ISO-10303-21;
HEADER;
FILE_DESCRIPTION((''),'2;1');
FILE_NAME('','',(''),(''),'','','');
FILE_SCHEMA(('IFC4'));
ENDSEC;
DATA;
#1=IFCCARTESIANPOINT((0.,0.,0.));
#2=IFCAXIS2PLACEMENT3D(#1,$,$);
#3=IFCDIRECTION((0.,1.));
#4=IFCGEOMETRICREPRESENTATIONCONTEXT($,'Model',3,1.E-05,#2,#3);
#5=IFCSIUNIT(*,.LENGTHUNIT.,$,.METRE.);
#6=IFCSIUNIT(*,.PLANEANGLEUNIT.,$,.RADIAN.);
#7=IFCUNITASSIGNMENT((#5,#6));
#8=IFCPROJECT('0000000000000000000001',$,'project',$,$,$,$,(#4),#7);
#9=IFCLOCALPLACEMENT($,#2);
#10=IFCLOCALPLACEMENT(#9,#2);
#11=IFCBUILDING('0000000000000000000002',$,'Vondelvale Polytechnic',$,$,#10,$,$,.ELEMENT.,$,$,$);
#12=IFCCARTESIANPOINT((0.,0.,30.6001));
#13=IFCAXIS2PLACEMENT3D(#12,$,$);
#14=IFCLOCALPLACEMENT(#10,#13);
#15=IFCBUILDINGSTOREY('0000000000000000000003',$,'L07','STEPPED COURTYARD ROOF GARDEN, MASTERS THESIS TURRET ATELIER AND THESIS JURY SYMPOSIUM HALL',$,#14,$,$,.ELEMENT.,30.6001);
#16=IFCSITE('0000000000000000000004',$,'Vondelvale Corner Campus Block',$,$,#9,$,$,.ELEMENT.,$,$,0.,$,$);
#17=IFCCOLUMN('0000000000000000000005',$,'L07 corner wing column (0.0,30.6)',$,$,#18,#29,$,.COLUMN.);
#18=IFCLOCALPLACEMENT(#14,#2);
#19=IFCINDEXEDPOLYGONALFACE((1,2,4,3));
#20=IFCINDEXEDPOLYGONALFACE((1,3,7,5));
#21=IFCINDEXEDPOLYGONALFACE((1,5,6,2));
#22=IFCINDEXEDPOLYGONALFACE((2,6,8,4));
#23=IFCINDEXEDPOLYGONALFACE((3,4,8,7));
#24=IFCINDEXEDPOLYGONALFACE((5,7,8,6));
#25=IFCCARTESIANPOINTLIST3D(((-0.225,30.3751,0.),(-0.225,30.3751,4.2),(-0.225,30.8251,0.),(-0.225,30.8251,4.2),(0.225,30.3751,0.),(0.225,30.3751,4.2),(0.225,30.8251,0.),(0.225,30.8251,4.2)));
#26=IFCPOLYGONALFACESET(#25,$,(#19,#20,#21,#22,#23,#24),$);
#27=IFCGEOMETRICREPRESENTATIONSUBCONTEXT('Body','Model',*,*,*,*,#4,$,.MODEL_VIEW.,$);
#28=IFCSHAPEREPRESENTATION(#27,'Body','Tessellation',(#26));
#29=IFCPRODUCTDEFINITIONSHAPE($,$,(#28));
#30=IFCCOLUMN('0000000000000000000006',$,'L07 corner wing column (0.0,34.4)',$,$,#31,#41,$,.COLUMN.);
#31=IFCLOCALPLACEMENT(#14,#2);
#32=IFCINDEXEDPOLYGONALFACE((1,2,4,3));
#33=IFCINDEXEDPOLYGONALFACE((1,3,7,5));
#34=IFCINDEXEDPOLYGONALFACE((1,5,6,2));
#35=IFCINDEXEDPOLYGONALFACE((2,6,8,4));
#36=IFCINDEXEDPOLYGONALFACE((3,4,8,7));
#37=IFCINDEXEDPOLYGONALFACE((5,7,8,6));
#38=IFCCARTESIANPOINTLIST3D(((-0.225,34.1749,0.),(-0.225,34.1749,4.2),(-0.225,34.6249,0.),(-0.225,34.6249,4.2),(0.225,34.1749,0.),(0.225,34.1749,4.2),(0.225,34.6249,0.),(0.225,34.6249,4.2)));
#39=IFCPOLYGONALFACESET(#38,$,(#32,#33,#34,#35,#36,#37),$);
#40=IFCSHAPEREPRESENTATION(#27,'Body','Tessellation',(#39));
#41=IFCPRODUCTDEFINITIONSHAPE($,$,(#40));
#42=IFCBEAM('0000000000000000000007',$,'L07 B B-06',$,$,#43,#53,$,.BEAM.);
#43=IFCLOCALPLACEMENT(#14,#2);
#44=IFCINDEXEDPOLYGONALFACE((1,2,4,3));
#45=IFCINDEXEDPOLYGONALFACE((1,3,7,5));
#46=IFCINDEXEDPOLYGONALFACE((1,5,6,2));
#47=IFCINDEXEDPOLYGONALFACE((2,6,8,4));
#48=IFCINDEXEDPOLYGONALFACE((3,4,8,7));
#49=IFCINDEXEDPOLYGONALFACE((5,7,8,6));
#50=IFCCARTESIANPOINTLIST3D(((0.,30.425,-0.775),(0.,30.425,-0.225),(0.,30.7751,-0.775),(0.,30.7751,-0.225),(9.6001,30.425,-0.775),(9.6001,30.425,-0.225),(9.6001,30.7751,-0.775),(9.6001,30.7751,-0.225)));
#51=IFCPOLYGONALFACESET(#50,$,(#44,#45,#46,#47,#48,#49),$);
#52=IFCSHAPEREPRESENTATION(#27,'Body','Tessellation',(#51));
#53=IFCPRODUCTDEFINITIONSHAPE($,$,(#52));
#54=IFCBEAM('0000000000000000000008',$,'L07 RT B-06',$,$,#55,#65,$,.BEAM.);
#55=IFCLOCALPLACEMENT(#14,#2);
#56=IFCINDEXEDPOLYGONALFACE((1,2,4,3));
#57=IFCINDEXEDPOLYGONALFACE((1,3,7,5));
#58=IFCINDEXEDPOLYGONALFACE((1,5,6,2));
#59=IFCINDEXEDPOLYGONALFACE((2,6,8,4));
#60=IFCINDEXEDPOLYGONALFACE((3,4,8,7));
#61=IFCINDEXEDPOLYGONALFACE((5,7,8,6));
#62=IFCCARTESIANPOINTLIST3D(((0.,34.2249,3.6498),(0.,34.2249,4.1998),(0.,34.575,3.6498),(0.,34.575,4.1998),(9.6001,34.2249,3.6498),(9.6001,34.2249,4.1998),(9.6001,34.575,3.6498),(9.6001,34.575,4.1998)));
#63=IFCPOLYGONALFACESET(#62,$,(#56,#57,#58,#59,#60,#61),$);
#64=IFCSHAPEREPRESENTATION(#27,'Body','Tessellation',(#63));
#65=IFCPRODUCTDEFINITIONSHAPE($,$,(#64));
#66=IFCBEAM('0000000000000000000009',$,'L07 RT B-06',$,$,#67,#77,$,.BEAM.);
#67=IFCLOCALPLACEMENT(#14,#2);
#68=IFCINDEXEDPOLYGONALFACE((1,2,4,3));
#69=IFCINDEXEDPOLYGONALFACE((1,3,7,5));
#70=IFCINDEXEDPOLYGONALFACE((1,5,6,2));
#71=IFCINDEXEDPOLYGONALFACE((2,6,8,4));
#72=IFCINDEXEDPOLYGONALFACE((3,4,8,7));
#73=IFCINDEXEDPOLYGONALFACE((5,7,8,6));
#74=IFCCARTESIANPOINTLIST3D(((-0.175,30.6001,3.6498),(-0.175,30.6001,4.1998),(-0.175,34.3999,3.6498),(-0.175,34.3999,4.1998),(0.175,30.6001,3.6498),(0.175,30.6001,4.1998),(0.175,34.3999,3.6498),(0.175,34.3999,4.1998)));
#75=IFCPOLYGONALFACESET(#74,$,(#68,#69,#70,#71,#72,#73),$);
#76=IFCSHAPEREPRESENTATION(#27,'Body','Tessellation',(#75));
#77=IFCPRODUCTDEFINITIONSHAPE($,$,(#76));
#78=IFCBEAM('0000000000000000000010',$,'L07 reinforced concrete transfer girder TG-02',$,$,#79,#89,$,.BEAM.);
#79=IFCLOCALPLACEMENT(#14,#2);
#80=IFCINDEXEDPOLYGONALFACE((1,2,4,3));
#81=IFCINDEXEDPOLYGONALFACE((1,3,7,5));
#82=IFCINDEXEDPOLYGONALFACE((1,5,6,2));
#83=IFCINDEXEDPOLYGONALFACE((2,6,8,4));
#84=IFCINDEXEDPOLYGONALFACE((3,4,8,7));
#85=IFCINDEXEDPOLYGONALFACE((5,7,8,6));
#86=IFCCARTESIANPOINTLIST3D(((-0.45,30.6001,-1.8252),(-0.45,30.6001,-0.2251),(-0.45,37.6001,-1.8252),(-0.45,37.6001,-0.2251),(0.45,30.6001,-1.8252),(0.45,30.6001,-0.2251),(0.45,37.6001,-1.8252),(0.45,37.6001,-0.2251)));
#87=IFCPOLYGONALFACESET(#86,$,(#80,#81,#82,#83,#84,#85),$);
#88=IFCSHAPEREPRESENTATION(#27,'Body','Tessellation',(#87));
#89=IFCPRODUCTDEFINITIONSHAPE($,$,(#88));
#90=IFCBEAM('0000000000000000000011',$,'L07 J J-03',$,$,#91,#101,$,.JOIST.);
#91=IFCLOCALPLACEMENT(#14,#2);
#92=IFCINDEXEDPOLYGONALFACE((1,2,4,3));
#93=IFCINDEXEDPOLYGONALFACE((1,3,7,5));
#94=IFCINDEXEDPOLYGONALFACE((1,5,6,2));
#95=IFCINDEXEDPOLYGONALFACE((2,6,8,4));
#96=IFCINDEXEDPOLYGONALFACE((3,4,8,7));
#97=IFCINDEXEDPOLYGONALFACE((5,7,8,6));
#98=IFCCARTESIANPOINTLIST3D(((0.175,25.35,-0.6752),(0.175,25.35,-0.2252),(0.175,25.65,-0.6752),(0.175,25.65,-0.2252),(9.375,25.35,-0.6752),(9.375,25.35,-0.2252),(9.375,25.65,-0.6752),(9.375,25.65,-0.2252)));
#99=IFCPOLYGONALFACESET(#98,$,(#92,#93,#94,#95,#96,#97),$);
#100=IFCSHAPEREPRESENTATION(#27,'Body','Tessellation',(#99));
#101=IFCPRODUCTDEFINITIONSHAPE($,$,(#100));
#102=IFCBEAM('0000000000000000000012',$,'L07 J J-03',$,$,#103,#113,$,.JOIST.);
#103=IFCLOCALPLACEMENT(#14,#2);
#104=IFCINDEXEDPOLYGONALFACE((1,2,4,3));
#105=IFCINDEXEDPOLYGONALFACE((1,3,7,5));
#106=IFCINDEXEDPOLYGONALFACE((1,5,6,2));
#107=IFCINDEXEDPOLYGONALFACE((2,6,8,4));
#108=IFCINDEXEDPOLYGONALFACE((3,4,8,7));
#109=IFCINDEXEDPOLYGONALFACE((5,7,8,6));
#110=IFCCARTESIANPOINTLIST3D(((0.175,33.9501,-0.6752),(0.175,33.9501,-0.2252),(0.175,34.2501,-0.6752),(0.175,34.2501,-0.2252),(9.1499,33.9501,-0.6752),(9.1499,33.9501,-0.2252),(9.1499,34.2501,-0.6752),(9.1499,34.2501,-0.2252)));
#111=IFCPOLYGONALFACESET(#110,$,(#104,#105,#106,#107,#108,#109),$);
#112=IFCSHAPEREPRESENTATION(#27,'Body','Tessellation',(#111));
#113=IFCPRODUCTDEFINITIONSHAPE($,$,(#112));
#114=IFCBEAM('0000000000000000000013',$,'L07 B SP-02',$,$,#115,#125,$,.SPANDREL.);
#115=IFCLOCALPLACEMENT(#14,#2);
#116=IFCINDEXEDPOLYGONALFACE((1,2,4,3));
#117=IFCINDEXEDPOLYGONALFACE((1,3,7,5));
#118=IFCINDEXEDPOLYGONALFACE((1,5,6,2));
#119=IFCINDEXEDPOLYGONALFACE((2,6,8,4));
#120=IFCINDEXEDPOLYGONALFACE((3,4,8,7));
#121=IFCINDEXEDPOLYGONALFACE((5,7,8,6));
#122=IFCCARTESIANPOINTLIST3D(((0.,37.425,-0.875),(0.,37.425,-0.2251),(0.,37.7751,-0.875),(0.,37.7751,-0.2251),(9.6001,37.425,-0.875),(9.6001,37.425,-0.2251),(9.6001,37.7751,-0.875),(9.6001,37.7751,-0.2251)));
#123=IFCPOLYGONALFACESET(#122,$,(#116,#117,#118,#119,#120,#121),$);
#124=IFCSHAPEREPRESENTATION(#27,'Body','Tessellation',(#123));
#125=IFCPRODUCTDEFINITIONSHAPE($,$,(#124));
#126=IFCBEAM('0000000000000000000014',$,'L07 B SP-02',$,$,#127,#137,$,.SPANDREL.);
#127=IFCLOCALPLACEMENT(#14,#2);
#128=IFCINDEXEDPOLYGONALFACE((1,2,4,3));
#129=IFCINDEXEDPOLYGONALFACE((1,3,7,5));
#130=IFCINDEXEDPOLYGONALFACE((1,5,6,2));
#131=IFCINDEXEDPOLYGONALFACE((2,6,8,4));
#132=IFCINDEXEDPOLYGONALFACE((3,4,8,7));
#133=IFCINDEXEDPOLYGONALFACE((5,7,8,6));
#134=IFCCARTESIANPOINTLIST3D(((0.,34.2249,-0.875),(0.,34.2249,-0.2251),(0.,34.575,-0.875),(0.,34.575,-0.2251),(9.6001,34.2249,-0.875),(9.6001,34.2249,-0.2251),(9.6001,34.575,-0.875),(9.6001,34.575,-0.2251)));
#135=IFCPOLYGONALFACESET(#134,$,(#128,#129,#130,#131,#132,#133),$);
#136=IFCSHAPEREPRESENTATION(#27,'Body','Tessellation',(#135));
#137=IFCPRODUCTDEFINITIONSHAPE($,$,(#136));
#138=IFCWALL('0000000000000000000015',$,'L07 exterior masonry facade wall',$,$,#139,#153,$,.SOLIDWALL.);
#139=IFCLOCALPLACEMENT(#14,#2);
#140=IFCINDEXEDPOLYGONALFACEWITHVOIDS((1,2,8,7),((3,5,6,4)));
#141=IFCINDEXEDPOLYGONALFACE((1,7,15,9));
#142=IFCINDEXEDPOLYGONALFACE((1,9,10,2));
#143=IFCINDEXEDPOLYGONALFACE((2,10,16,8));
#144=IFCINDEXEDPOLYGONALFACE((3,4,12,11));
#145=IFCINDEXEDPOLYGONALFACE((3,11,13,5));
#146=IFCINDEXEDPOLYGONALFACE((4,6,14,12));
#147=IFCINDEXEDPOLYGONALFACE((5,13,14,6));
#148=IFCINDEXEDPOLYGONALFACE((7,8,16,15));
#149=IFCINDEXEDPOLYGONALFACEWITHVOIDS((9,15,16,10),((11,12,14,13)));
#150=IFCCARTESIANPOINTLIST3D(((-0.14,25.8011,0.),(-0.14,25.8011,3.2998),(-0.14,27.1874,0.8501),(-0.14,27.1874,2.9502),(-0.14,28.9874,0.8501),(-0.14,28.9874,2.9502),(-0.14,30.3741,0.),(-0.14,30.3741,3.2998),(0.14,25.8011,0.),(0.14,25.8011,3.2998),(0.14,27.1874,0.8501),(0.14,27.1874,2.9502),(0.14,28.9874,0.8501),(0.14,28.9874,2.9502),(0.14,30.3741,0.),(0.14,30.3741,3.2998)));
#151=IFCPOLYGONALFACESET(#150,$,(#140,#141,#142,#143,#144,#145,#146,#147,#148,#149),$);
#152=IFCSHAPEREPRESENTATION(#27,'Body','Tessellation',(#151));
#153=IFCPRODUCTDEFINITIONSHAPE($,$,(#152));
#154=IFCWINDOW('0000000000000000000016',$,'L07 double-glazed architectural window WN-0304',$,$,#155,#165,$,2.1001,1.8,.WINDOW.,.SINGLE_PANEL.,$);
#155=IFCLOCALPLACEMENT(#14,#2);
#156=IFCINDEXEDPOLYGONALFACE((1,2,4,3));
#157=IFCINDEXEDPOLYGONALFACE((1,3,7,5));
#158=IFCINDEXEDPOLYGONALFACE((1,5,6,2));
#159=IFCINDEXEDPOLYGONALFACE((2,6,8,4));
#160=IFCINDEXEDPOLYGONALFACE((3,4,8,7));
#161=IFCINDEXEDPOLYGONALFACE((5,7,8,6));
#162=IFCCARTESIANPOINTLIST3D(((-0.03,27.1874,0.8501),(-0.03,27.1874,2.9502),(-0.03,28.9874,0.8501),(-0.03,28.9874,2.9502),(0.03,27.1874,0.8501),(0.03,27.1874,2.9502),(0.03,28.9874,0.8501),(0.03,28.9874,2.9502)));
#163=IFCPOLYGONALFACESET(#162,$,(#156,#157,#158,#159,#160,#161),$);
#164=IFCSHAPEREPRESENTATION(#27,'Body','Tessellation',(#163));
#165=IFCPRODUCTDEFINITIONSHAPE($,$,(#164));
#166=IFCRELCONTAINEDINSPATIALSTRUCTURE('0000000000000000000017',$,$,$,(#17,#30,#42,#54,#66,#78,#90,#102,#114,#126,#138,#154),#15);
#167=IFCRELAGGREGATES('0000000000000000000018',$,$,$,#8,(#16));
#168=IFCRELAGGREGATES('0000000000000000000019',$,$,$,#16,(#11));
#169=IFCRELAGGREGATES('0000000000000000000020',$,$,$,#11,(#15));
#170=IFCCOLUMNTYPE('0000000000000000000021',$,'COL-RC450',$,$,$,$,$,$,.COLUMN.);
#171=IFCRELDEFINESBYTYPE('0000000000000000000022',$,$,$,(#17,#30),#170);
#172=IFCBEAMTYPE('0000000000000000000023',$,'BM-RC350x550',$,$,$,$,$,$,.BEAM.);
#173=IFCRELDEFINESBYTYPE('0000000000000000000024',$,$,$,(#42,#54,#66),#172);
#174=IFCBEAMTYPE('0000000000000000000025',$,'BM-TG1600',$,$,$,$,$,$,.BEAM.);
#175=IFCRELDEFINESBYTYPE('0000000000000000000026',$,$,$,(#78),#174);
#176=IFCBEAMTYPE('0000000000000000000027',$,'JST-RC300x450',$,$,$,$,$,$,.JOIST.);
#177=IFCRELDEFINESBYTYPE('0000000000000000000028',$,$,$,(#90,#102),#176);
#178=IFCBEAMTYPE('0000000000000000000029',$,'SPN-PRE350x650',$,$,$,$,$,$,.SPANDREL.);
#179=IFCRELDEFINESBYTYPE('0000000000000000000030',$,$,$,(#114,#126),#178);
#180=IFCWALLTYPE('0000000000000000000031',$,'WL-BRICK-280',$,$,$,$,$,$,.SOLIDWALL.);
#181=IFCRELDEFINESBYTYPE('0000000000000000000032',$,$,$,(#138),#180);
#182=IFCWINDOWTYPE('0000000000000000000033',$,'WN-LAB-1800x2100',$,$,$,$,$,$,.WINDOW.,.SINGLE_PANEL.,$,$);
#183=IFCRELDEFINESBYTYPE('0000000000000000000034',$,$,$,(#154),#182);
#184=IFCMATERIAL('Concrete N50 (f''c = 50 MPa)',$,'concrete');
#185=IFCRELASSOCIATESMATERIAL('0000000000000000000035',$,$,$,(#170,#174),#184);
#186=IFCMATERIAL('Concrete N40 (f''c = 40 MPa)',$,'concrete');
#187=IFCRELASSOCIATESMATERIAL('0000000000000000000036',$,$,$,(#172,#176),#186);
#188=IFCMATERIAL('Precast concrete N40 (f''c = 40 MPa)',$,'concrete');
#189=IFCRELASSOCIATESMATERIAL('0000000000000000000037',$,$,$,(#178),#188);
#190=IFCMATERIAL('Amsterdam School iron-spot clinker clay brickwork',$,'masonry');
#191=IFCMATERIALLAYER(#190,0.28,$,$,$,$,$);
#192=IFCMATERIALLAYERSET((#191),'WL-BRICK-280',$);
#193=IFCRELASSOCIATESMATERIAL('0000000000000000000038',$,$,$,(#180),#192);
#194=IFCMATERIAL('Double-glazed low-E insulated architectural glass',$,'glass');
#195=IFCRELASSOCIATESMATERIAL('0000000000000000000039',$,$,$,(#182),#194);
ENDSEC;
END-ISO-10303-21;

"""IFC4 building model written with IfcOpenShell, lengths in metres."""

from ifc_helpers import new_model, si_unit, direction, frame, frame_2d, origin, origin_2d, place, context, subcontext, project, spatial, rectangle, extrude, material, layer, layer_set, material_profile, profile_set, type_object, element, fill, save


model = new_model("IFC4")

# Units and contexts
model_context = context("Model", 3, precision=1e-05, world=origin(), true_north=direction((0.0, 1.0)))
body_context = subcontext(model_context, "Body", "Model", "MODEL_VIEW")
ifc_project = project(units=[si_unit("LENGTHUNIT", "METRE"), si_unit("PLANEANGLEUNIT", "RADIAN")], contexts=[model_context])

# Site, building, storey
site_placement = place(None, origin())
site = spatial("IfcSite", under=ifc_project, at=site_placement, Name="Vondelvale Corner Campus Block", CompositionType="ELEMENT", RefElevation=0.0)
building_placement = place(site_placement, origin())
building = spatial("IfcBuilding", under=site, at=building_placement, Name="Vondelvale Polytechnic", CompositionType="ELEMENT")
storey_placement = place(building_placement, frame((0.0, 0.0, 30.6001)))
storey = spatial("IfcBuildingStorey", under=building, at=storey_placement, Name="L07", Description="STEPPED COURTYARD ROOF GARDEN, MASTERS THESIS TURRET ATELIER AND THESIS JURY SYMPOSIUM HALL", CompositionType="ELEMENT", Elevation=30.6001)

# Columns
ifc_material_1 = material(Name="Concrete N50 (f'c = 50 MPa)", Category="concrete")
ifc_material_profile_1 = material_profile(ifc_material_1, rectangle(XDim=0.45, YDim=0.45, at=origin_2d()), Name="RC-COL-450x450")
ifc_profile_set_1 = profile_set([ifc_material_profile_1], Name="Concrete N50 (f'c = 50 MPa)")
column_type = type_object("IfcColumnType", Name="COL-RC450", PredefinedType="COLUMN", material=ifc_profile_set_1)
for number, where, z_axis, x_axis, name in (
    (1, (0.0, 30.6001, 0.0), (0.0, 0.0, 1.0), (1.0, 0.0, 0.0), "L07 corner wing column (0.0,30.6)"),
    (2, (0.0, 34.3999, 0.0), (0.0, 0.0, 1.0), (1.0, 0.0, 0.0), "L07 corner wing column (0.0,34.4)"),
):
    element("IfcColumn", number, at=place(storey_placement, frame(where, z_axis=z_axis, x_axis=x_axis)), inside=storey, type_object=column_type, Name=name, PredefinedType="COLUMN", context=body_context, shape_type="SweptSolid", body=[
        extrude(rectangle(XDim=0.45, YDim=0.45, at=origin_2d()), origin(), (0.0, 0.0, 1.0), 4.2),
    ])

# Beams
ifc_material_2 = material(Name="Concrete N40 (f'c = 40 MPa)", Category="concrete")
ifc_material_profile_2 = material_profile(ifc_material_2, rectangle(XDim=0.3501, YDim=0.55, at=origin_2d()), Name="RC-BM-350x550")
ifc_profile_set_2 = profile_set([ifc_material_profile_2], Name="Concrete N40 (f'c = 40 MPa)")
beam_type_1 = type_object("IfcBeamType", Name="BM-RC350x550", PredefinedType="BEAM", material=ifc_profile_set_2)
for number, where, z_axis, x_axis, name in (
    (3, (0.0, 30.6001, -0.5), (1.0, 0.0, 0.0), (0.0, 1.0, 0.0), "L07 B B-06"),
    (4, (0.0, 34.3999, 3.9248), (1.0, 0.0, 0.0), (0.0, 1.0, 0.0), "L07 RT B-06"),
):
    element("IfcBeam", number, at=place(storey_placement, frame(where, z_axis=z_axis, x_axis=x_axis)), inside=storey, type_object=beam_type_1, Name=name, PredefinedType="BEAM", context=body_context, shape_type="SweptSolid", body=[
        extrude(rectangle(XDim=0.3501, YDim=0.55, at=origin_2d()), origin(), (0.0, 0.0, 1.0), 9.6001),
    ])
beam_1_placement = place(storey_placement, frame((0.0, 30.6001, 3.9248), z_axis=(0.0, 1.0, 0.0), x_axis=(-1.0, 0.0, 0.0)))
element("IfcBeam", 5, at=beam_1_placement, inside=storey, type_object=beam_type_1, Name="L07 RT B-06", PredefinedType="BEAM", context=body_context, shape_type="SweptSolid", body=[
    extrude(rectangle(XDim=0.3501, YDim=0.55, at=origin_2d()), origin(), (0.0, 0.0, 1.0), 3.7998),
])
ifc_material_profile_3 = material_profile(ifc_material_1, rectangle(XDim=0.8999, YDim=1.6001, at=origin_2d()), Name="RC-TG-900x1600")
ifc_profile_set_3 = profile_set([ifc_material_profile_3], Name="Concrete N50 (f'c = 50 MPa)")
beam_type_2 = type_object("IfcBeamType", Name="BM-TG1600", PredefinedType="BEAM", material=ifc_profile_set_3)
beam_2_placement = place(storey_placement, frame((0.0, 30.6001, -1.0251), z_axis=(0.0, 1.0, 0.0), x_axis=(-1.0, 0.0, 0.0)))
element("IfcBeam", 6, at=beam_2_placement, inside=storey, type_object=beam_type_2, Name="L07 reinforced concrete transfer girder TG-02", PredefinedType="BEAM", context=body_context, shape_type="SweptSolid", body=[
    extrude(rectangle(XDim=0.8999, YDim=1.6001, at=origin_2d()), origin(), (0.0, 0.0, 1.0), 7.0),
])
ifc_material_profile_4 = material_profile(ifc_material_2, rectangle(XDim=0.3, YDim=0.45, at=origin_2d()), Name="RC-JST-300x450")
ifc_profile_set_4 = profile_set([ifc_material_profile_4], Name="Concrete N40 (f'c = 40 MPa)")
beam_type_3 = type_object("IfcBeamType", Name="JST-RC300x450", PredefinedType="JOIST", material=ifc_profile_set_4)
beam_3_placement = place(storey_placement, frame((0.175, 25.5, -0.4502), z_axis=(1.0, 0.0, 0.0), x_axis=(0.0, 1.0, 0.0)))
element("IfcBeam", 7, at=beam_3_placement, inside=storey, type_object=beam_type_3, Name="L07 J J-03", PredefinedType="JOIST", context=body_context, shape_type="SweptSolid", body=[
    extrude(rectangle(XDim=0.3, YDim=0.45, at=origin_2d()), origin(), (0.0, 0.0, 1.0), 9.2),
])
beam_4_placement = place(storey_placement, frame((0.175, 34.1001, -0.4502), z_axis=(1.0, 0.0, 0.0), x_axis=(0.0, 1.0, 0.0)))
element("IfcBeam", 8, at=beam_4_placement, inside=storey, type_object=beam_type_3, Name="L07 J J-03", PredefinedType="JOIST", context=body_context, shape_type="SweptSolid", body=[
    extrude(rectangle(XDim=0.3, YDim=0.45, at=origin_2d()), origin(), (0.0, 0.0, 1.0), 8.9749),
])
ifc_material_3 = material(Name="Precast concrete N40 (f'c = 40 MPa)", Category="concrete")
ifc_material_profile_5 = material_profile(ifc_material_3, rectangle(XDim=0.3501, YDim=0.6499, at=origin_2d()), Name="RC-SPN-350x650")
ifc_profile_set_5 = profile_set([ifc_material_profile_5], Name="Precast concrete N40 (f'c = 40 MPa)")
beam_type_4 = type_object("IfcBeamType", Name="SPN-PRE350x650", PredefinedType="SPANDREL", material=ifc_profile_set_5)
for number, where, z_axis, x_axis, name in (
    (9, (0.0, 37.6001, -0.55), (1.0, 0.0, 0.0), (0.0, 1.0, 0.0), "L07 B SP-02"),
    (10, (0.0, 34.3999, -0.55), (1.0, 0.0, 0.0), (0.0, 1.0, 0.0), "L07 B SP-02"),
):
    element("IfcBeam", number, at=place(storey_placement, frame(where, z_axis=z_axis, x_axis=x_axis)), inside=storey, type_object=beam_type_4, Name=name, PredefinedType="SPANDREL", context=body_context, shape_type="SweptSolid", body=[
        extrude(rectangle(XDim=0.3501, YDim=0.6499, at=origin_2d()), origin(), (0.0, 0.0, 1.0), 9.6001),
    ])

# Wall, opening, window
ifc_material_4 = material(Name="Amsterdam School iron-spot clinker clay brickwork", Category="masonry")
ifc_layer_1 = layer(ifc_material_4, 0.28)
ifc_layer_set_1 = layer_set([ifc_layer_1], Name="WL-BRICK-280")
wall_type_1 = type_object("IfcWallType", Name="WL-BRICK-280", PredefinedType="SOLIDWALL", material=ifc_layer_set_1)
wall_1_placement = place(storey_placement, frame((0.0, 25.801, 0.0), z_axis=(0.0, 0.0, 1.0), x_axis=(0.0, 1.0, 0.0)))
wall_1 = element("IfcWall", 11, at=wall_1_placement, inside=storey, type_object=wall_type_1, Name="L07 exterior masonry facade wall", PredefinedType="SOLIDWALL", context=body_context, shape_type="SweptSolid", body=[
    extrude(rectangle(XDim=4.573, YDim=0.28, at=frame_2d((2.2866, 0.0))), origin(), (0.0, 0.0, 1.0), 3.2998),
])
opening_1_placement = place(wall_1_placement, frame((1.3865, 0.0, 0.8501)))
opening_1 = element("IfcOpeningElement", 12, at=opening_1_placement, cuts=wall_1, PredefinedType="OPENING", context=body_context, shape_type="SweptSolid", body=[
    extrude(rectangle(XDim=1.8, YDim=2.1001, at=frame_2d((0.8999, 1.05))), frame((0.0, 0.1499, 0.0), z_axis=(0.0, -1.0, 0.0), x_axis=(1.0, 0.0, 0.0)), (0.0, 0.0, 1.0), 0.3),
])
ifc_material_5 = material(Name="Double-glazed low-E insulated architectural glass", Category="glass")
window_type_1 = type_object("IfcWindowType", Name="WN-LAB-1800x2100", PartitioningType="SINGLE_PANEL", PredefinedType="WINDOW", material=ifc_material_5)
window_1_placement = place(opening_1_placement, origin())
window_1 = element("IfcWindow", 13, at=window_1_placement, inside=storey, type_object=window_type_1, Name="L07 double-glazed architectural window WN-0304", OverallHeight=2.1001, OverallWidth=1.8, PartitioningType="SINGLE_PANEL", PredefinedType="WINDOW", context=body_context, shape_type="SweptSolid", body=[
    extrude(rectangle(XDim=1.8, YDim=2.1001, at=frame_2d((0.8999, 1.05))), frame((0.0, 0.03, 0.0), z_axis=(0.0, -1.0, 0.0), x_axis=(1.0, 0.0, 0.0)), (0.0, 0.0, 1.0), 0.0601),
])
fill(opening_1, window_1)

save(model, "model.ifc")
